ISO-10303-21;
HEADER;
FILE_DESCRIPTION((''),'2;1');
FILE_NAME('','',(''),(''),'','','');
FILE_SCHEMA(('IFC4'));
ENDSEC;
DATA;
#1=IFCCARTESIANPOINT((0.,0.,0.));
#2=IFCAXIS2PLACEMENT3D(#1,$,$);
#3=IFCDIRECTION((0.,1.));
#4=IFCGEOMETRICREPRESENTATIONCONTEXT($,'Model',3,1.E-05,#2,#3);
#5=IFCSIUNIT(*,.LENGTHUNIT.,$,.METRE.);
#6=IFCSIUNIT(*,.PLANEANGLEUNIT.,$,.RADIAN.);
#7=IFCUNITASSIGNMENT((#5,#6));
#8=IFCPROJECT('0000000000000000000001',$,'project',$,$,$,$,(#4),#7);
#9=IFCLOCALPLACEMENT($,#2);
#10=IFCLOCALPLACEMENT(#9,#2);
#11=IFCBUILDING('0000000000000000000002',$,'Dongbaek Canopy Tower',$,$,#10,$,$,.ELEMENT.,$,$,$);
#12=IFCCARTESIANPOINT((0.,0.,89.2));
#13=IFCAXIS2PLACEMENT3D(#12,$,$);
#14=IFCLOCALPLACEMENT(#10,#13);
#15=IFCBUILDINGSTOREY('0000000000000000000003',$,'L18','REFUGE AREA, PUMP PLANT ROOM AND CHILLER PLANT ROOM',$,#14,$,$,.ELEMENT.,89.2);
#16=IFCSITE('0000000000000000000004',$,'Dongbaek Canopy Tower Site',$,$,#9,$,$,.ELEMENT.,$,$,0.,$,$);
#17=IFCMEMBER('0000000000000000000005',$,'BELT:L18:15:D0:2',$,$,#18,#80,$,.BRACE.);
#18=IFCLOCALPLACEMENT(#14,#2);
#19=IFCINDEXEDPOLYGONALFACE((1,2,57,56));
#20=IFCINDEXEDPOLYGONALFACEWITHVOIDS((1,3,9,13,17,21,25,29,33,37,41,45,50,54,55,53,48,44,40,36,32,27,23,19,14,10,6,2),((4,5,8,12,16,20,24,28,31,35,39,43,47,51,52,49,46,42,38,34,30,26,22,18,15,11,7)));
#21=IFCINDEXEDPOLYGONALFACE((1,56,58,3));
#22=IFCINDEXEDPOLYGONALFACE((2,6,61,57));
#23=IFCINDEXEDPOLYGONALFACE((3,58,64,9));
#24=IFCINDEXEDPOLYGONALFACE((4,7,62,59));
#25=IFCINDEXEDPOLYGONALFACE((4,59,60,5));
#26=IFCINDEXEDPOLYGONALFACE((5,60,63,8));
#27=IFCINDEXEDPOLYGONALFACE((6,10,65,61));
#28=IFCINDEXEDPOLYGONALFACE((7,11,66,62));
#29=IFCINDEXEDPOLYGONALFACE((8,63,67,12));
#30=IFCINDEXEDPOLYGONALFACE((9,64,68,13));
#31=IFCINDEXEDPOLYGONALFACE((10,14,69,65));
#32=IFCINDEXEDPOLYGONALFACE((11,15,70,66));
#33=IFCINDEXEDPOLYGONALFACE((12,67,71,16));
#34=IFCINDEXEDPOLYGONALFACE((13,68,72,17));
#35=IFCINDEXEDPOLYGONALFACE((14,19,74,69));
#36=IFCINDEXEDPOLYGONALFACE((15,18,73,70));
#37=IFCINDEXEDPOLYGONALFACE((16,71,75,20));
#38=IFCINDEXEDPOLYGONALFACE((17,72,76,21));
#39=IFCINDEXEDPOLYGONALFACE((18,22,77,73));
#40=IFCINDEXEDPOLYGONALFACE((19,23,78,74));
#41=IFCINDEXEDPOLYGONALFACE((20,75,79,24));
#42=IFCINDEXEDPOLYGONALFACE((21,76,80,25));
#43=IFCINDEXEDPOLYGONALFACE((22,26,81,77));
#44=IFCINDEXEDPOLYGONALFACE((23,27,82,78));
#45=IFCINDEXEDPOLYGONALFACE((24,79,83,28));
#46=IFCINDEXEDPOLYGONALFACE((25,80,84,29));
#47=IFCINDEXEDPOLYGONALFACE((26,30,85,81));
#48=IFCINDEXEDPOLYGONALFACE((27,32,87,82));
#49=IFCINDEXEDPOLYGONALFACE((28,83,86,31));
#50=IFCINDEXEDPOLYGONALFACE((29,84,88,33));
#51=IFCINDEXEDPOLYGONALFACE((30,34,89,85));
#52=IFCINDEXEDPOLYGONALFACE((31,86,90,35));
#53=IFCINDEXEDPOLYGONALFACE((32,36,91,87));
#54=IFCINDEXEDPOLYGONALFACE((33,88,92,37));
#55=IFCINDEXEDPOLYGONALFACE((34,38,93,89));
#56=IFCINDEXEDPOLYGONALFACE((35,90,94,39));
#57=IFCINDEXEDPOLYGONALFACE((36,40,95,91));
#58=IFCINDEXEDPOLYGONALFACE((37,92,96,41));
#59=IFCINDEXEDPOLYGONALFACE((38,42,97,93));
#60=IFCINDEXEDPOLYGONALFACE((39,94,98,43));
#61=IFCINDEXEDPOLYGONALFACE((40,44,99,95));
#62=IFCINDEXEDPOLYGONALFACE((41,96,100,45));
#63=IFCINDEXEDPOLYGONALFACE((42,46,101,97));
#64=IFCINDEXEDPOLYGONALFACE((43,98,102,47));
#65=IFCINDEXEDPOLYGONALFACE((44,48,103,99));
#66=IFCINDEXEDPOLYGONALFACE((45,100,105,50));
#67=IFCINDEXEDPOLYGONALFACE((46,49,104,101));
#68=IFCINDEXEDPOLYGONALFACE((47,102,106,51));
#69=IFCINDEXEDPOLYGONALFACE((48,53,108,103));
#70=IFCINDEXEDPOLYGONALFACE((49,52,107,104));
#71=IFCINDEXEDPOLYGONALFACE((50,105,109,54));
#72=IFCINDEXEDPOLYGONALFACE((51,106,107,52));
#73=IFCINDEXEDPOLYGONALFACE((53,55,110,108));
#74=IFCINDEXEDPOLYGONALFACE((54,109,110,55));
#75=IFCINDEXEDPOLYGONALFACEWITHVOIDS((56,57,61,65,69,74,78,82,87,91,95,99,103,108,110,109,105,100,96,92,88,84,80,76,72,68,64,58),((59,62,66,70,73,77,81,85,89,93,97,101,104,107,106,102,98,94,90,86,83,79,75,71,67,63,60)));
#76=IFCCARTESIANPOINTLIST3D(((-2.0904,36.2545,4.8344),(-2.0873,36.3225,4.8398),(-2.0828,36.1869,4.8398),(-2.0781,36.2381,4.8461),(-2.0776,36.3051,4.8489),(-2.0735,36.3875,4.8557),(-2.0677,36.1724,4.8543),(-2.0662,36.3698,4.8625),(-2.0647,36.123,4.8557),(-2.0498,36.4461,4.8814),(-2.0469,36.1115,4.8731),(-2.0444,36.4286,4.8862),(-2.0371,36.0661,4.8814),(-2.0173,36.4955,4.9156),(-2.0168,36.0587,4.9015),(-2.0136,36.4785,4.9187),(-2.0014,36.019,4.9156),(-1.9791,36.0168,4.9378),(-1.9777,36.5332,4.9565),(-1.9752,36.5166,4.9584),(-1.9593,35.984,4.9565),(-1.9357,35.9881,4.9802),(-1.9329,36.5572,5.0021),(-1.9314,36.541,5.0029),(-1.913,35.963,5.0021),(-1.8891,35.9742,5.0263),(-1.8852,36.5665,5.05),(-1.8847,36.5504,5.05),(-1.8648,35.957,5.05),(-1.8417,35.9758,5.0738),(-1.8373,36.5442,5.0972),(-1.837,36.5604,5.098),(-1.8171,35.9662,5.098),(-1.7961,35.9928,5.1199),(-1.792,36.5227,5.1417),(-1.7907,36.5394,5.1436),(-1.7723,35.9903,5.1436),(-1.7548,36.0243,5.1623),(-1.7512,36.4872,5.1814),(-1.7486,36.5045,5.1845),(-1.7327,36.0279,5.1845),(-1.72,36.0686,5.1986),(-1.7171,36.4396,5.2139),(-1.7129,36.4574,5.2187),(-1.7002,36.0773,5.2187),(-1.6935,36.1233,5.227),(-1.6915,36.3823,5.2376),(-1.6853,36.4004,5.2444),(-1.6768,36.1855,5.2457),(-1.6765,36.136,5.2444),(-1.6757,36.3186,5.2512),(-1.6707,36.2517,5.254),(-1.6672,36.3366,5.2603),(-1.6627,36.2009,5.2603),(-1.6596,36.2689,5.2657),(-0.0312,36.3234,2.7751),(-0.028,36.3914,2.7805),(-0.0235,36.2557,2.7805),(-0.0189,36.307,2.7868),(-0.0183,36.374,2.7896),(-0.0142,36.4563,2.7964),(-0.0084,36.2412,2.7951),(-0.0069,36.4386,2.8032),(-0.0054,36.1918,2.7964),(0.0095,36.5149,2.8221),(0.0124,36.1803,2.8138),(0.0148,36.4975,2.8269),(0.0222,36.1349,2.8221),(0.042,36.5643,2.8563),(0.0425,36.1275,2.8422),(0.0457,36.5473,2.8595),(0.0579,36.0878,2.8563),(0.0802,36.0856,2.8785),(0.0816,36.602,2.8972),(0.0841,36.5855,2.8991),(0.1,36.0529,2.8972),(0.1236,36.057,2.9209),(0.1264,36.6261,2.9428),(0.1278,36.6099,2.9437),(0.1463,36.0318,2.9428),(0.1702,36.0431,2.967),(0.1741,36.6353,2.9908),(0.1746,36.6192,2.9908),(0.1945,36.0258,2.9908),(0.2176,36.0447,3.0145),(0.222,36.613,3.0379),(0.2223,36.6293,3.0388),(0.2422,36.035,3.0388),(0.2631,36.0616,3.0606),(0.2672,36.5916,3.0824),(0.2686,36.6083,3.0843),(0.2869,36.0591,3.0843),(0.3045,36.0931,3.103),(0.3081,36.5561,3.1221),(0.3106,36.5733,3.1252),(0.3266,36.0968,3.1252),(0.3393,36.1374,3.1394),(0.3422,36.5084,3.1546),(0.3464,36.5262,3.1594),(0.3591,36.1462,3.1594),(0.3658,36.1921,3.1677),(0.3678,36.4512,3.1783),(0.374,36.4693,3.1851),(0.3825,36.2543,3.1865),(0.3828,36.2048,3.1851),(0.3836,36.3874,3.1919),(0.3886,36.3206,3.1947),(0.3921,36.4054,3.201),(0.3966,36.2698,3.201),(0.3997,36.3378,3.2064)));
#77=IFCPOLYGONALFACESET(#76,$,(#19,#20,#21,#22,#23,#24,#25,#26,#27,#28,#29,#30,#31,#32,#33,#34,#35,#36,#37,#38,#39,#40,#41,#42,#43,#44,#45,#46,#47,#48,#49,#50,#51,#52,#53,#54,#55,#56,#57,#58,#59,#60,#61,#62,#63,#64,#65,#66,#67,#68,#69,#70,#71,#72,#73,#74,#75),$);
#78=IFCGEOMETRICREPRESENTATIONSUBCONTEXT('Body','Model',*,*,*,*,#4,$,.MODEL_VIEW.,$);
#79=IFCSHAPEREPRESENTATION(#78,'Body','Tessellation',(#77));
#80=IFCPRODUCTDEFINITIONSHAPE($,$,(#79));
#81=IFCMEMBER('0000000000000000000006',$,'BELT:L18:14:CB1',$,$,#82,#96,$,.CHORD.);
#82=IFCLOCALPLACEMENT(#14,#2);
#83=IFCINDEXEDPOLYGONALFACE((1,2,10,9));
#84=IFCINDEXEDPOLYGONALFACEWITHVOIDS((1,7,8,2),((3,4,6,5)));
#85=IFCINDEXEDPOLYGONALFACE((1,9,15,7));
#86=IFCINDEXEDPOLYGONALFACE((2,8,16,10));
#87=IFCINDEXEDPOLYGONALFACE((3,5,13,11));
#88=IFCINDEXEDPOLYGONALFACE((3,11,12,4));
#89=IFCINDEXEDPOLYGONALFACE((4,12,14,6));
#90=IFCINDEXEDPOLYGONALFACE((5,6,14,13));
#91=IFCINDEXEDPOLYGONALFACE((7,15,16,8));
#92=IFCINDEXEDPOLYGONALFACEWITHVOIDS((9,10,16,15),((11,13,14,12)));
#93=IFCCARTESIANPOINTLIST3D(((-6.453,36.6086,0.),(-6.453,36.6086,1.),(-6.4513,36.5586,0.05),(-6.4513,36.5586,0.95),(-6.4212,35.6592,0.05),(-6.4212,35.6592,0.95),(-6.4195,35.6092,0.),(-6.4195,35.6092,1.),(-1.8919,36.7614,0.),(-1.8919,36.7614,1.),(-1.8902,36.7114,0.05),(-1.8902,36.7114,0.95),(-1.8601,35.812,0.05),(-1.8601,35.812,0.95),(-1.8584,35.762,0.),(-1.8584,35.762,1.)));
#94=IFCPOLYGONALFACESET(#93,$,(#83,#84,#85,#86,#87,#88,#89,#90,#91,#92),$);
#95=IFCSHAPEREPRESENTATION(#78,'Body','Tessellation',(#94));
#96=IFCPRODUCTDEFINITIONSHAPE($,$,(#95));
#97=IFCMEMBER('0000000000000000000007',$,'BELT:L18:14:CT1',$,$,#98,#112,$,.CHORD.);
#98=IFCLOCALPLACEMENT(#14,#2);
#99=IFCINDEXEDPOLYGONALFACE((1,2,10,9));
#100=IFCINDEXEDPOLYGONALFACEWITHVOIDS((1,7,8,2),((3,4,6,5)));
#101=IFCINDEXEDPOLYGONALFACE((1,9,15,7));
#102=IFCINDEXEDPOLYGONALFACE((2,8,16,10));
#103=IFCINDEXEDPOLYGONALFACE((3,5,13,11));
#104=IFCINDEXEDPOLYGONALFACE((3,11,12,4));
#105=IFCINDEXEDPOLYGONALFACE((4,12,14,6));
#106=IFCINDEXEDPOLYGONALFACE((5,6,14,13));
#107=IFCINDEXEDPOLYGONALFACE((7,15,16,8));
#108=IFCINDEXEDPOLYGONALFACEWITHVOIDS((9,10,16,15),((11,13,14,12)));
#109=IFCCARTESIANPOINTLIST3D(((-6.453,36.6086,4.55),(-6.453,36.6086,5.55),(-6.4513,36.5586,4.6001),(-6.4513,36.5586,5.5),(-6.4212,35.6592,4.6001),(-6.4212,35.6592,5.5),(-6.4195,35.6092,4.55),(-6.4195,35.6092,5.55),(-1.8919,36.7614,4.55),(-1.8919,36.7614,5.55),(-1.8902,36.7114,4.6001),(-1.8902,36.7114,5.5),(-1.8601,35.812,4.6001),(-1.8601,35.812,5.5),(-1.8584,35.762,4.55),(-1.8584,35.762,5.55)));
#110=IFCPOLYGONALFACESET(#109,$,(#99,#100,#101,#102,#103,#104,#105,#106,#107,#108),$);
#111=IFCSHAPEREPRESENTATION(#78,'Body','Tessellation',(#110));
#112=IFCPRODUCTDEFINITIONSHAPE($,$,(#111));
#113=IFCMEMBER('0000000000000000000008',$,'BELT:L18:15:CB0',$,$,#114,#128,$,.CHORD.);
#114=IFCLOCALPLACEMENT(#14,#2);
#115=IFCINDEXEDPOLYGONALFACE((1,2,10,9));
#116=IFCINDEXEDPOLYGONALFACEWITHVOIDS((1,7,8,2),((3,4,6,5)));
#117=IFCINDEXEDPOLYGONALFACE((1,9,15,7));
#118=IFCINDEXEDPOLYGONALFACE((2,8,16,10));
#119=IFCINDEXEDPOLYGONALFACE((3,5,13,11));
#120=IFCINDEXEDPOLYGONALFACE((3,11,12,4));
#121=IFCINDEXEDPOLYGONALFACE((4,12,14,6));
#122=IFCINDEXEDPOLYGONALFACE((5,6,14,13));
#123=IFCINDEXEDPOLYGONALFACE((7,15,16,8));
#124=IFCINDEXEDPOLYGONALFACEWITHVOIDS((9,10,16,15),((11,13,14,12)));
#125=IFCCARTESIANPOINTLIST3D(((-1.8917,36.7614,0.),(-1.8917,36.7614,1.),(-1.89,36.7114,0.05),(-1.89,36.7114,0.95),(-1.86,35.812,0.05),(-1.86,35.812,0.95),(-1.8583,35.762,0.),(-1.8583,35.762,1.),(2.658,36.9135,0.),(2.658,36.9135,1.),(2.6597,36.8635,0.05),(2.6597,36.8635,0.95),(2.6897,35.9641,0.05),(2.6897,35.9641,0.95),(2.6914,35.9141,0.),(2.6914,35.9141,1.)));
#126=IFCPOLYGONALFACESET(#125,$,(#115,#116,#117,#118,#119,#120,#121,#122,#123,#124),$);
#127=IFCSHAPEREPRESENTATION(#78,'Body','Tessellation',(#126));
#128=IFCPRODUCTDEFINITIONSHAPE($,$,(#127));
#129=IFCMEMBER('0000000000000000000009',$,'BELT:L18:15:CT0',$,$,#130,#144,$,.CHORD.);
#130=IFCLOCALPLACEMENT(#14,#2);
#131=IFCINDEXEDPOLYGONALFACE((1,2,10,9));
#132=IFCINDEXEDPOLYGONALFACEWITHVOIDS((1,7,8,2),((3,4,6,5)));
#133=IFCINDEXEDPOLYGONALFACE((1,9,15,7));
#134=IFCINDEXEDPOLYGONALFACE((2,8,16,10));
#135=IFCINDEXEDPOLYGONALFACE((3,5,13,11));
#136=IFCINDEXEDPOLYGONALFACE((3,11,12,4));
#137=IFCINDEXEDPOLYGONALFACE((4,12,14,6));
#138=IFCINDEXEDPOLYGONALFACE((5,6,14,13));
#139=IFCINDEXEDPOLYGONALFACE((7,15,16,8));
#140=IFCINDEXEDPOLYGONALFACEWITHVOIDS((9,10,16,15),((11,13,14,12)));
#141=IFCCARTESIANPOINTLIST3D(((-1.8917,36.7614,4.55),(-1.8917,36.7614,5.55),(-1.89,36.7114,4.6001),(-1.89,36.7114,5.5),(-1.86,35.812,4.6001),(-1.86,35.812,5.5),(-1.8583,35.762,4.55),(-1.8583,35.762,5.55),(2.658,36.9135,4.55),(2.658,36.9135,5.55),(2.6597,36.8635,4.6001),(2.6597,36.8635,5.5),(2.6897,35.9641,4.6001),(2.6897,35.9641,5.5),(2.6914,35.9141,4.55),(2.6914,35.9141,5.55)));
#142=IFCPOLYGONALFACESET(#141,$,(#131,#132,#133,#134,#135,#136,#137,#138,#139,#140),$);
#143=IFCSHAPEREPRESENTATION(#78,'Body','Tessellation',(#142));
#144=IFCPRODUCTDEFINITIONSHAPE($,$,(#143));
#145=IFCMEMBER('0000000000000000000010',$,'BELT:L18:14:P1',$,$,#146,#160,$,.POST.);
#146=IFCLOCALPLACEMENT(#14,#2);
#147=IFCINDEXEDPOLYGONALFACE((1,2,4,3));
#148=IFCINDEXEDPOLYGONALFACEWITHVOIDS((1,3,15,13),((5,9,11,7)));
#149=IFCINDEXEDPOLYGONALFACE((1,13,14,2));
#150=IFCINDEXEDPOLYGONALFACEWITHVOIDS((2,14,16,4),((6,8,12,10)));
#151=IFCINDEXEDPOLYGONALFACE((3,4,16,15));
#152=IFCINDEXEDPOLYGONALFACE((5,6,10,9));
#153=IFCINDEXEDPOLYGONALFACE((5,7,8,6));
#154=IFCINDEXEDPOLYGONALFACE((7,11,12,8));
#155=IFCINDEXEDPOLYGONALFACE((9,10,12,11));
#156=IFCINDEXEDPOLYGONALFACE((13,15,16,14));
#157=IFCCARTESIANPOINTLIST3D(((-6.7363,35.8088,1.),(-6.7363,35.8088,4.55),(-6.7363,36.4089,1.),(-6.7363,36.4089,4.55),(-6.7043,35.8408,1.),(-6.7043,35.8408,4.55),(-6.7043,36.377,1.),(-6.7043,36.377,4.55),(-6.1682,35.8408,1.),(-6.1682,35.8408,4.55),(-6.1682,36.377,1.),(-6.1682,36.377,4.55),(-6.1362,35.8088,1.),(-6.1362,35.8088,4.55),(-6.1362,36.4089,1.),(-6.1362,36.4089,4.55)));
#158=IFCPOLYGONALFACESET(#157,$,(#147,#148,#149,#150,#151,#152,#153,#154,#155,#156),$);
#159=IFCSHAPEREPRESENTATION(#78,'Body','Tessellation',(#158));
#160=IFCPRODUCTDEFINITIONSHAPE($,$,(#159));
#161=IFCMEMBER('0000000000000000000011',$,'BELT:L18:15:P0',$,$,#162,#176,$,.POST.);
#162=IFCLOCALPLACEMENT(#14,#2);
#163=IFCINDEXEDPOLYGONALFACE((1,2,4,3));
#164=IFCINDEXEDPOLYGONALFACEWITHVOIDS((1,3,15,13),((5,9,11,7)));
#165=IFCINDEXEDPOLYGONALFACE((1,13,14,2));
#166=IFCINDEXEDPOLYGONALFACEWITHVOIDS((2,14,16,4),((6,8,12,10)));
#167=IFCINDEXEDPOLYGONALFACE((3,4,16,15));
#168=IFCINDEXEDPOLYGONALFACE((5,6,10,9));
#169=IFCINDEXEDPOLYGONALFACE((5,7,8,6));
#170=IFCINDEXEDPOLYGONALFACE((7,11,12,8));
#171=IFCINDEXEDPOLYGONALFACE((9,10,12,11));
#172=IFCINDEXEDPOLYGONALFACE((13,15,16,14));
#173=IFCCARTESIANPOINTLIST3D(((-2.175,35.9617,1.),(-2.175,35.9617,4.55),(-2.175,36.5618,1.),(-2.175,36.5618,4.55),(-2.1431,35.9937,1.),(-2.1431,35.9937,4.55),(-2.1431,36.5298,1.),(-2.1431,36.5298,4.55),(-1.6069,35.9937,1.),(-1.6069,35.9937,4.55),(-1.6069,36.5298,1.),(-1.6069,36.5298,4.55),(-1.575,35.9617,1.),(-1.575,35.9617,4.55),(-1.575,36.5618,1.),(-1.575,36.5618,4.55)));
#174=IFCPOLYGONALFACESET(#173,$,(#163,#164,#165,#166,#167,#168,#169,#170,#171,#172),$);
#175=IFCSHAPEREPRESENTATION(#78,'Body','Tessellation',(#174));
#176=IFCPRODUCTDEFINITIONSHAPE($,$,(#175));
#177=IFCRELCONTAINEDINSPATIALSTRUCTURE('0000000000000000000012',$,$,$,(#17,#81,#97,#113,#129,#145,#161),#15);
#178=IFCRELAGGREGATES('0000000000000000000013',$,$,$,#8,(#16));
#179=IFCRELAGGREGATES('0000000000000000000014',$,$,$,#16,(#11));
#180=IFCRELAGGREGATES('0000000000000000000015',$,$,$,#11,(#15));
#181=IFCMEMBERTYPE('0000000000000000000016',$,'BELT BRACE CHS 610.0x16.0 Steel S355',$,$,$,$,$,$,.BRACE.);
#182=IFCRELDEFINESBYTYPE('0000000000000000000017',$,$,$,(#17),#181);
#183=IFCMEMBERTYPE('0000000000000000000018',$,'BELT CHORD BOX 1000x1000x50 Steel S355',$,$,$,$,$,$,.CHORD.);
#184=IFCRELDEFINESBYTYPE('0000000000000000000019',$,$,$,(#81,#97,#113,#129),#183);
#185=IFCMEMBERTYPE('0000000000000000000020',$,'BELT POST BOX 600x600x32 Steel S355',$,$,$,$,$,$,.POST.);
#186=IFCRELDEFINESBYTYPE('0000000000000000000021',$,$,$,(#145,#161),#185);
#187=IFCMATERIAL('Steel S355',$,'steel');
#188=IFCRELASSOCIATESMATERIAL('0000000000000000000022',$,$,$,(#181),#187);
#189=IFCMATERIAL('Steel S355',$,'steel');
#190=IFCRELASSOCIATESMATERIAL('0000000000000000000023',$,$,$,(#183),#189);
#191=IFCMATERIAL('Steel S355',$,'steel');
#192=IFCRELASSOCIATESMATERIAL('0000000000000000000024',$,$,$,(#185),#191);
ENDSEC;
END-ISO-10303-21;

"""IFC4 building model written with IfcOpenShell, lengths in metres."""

from ifc_helpers import new_model, si_unit, direction, frame, origin, origin_2d, place, context, subcontext, project, spatial, hollow_rectangle, hollow_circle, extrude, material, material_profile, profile_set, type_object, element, save


model = new_model("IFC4")

# Units and contexts
model_context = context("Model", 3, precision=1e-05, world=origin(), true_north=direction((0.0, 1.0)))
body_context = subcontext(model_context, "Body", "Model", "MODEL_VIEW")
ifc_project = project(units=[si_unit("LENGTHUNIT", "METRE"), si_unit("PLANEANGLEUNIT", "RADIAN")], contexts=[model_context])

# Site, building, storey
site_placement = place(None, origin())
site = spatial("IfcSite", under=ifc_project, at=site_placement, Name="Dongbaek Canopy Tower Site", CompositionType="ELEMENT", RefElevation=0.0)
building_placement = place(site_placement, origin())
building = spatial("IfcBuilding", under=site, at=building_placement, Name="Dongbaek Canopy Tower", CompositionType="ELEMENT")
storey_placement = place(building_placement, frame((0.0, 0.0, 89.2)))
storey = spatial("IfcBuildingStorey", under=building, at=storey_placement, Name="L18", Description="REFUGE AREA, PUMP PLANT ROOM AND CHILLER PLANT ROOM", CompositionType="ELEMENT", Elevation=89.2)

# Members
ifc_material_1 = material(Name="Steel S355", Category="steel")
ifc_material_profile_1 = material_profile(ifc_material_1, hollow_circle(Radius=0.3049, WallThickness=0.0161, at=origin_2d()), Name="BELT BRACE CHS 610.0x16.0 Steel S355")
ifc_profile_set_1 = profile_set([ifc_material_profile_1], Name="Steel S355")
member_type_1 = type_object("IfcMemberType", Name="BELT BRACE CHS 610.0x16.0 Steel S355", PredefinedType="BRACE", material=ifc_profile_set_1)
member_1_placement = place(storey_placement, frame((-1.875, 36.2617, 5.05), z_axis=(0.706909, 0.023633, -0.706909), x_axis=(-0.033413, 0.999442, 0.0)))
element("IfcMember", 1, at=member_1_placement, inside=storey, type_object=member_type_1, Name="BELT:L18:15:D0:2", PredefinedType="BRACE", context=body_context, shape_type="SweptSolid", body=[
    extrude(hollow_circle(Radius=0.3049, WallThickness=0.0161, at=origin_2d()), origin(), (0.0, 0.0, 1.0), 2.9131),
])
ifc_material_2 = material(Name="Steel S355", Category="steel")
ifc_material_profile_2 = material_profile(ifc_material_2, hollow_rectangle(XDim=1.0, YDim=1.0, WallThickness=0.05, at=origin_2d()), Name="BELT CHORD BOX 1000x1000x50 Steel S355")
ifc_profile_set_2 = profile_set([ifc_material_profile_2], Name="Steel S355")
member_type_2 = type_object("IfcMemberType", Name="BELT CHORD BOX 1000x1000x50 Steel S355", PredefinedType="CHORD", material=ifc_profile_set_2)
for number, where, z_axis, x_axis, name in (
    (2, (-6.4363, 36.1089, 0.5), (0.999439, 0.033488, 0.0), (-0.033488, 0.999439, 0.0), "BELT:L18:14:CB1"),
    (3, (-6.4363, 36.1089, 5.05), (0.999439, 0.033488, 0.0), (-0.033488, 0.999439, 0.0), "BELT:L18:14:CT1"),
):
    element("IfcMember", number, at=place(storey_placement, frame(where, z_axis=z_axis, x_axis=x_axis)), inside=storey, type_object=member_type_2, Name=name, PredefinedType="CHORD", context=body_context, shape_type="SweptSolid", body=[
        extrude(hollow_rectangle(XDim=1.0, YDim=1.0, WallThickness=0.05, at=origin_2d()), origin(), (0.0, 0.0, 1.0), 4.5637),
    ])
for number, where, z_axis, x_axis, name in (
    (4, (-1.875, 36.2617, 0.5), (0.999442, 0.033411, 0.0), (-0.033411, 0.999442, 0.0), "BELT:L18:15:CB0"),
    (5, (-1.875, 36.2617, 5.05), (0.999442, 0.033411, 0.0), (-0.033411, 0.999442, 0.0), "BELT:L18:15:CT0"),
):
    element("IfcMember", number, at=place(storey_placement, frame(where, z_axis=z_axis, x_axis=x_axis)), inside=storey, type_object=member_type_2, Name=name, PredefinedType="CHORD", context=body_context, shape_type="SweptSolid", body=[
        extrude(hollow_rectangle(XDim=1.0, YDim=1.0, WallThickness=0.05, at=origin_2d()), origin(), (0.0, 0.0, 1.0), 4.5522),
    ])
ifc_material_3 = material(Name="Steel S355", Category="steel")
ifc_material_profile_3 = material_profile(ifc_material_3, hollow_rectangle(XDim=0.6001, YDim=0.6001, WallThickness=0.032, at=origin_2d()), Name="BELT POST BOX 600x600x32 Steel S355")
ifc_profile_set_3 = profile_set([ifc_material_profile_3], Name="Steel S355")
member_type_3 = type_object("IfcMemberType", Name="BELT POST BOX 600x600x32 Steel S355", PredefinedType="POST", material=ifc_profile_set_3)
for number, where, z_axis, x_axis, name in (
    (6, (-6.4363, 36.1089, 1.0), (0.0, 0.0, 1.0), (1.0, 0.0, 0.0), "BELT:L18:14:P1"),
    (7, (-1.875, 36.2617, 1.0), (0.0, 0.0, 1.0), (1.0, 0.0, 0.0), "BELT:L18:15:P0"),
):
    element("IfcMember", number, at=place(storey_placement, frame(where, z_axis=z_axis, x_axis=x_axis)), inside=storey, type_object=member_type_3, Name=name, PredefinedType="POST", context=body_context, shape_type="SweptSolid", body=[
        extrude(hollow_rectangle(XDim=0.6001, YDim=0.6001, WallThickness=0.032, at=origin_2d()), origin(), (0.0, 0.0, 1.0), 3.55),
    ])

save(model, "model.ifc")
